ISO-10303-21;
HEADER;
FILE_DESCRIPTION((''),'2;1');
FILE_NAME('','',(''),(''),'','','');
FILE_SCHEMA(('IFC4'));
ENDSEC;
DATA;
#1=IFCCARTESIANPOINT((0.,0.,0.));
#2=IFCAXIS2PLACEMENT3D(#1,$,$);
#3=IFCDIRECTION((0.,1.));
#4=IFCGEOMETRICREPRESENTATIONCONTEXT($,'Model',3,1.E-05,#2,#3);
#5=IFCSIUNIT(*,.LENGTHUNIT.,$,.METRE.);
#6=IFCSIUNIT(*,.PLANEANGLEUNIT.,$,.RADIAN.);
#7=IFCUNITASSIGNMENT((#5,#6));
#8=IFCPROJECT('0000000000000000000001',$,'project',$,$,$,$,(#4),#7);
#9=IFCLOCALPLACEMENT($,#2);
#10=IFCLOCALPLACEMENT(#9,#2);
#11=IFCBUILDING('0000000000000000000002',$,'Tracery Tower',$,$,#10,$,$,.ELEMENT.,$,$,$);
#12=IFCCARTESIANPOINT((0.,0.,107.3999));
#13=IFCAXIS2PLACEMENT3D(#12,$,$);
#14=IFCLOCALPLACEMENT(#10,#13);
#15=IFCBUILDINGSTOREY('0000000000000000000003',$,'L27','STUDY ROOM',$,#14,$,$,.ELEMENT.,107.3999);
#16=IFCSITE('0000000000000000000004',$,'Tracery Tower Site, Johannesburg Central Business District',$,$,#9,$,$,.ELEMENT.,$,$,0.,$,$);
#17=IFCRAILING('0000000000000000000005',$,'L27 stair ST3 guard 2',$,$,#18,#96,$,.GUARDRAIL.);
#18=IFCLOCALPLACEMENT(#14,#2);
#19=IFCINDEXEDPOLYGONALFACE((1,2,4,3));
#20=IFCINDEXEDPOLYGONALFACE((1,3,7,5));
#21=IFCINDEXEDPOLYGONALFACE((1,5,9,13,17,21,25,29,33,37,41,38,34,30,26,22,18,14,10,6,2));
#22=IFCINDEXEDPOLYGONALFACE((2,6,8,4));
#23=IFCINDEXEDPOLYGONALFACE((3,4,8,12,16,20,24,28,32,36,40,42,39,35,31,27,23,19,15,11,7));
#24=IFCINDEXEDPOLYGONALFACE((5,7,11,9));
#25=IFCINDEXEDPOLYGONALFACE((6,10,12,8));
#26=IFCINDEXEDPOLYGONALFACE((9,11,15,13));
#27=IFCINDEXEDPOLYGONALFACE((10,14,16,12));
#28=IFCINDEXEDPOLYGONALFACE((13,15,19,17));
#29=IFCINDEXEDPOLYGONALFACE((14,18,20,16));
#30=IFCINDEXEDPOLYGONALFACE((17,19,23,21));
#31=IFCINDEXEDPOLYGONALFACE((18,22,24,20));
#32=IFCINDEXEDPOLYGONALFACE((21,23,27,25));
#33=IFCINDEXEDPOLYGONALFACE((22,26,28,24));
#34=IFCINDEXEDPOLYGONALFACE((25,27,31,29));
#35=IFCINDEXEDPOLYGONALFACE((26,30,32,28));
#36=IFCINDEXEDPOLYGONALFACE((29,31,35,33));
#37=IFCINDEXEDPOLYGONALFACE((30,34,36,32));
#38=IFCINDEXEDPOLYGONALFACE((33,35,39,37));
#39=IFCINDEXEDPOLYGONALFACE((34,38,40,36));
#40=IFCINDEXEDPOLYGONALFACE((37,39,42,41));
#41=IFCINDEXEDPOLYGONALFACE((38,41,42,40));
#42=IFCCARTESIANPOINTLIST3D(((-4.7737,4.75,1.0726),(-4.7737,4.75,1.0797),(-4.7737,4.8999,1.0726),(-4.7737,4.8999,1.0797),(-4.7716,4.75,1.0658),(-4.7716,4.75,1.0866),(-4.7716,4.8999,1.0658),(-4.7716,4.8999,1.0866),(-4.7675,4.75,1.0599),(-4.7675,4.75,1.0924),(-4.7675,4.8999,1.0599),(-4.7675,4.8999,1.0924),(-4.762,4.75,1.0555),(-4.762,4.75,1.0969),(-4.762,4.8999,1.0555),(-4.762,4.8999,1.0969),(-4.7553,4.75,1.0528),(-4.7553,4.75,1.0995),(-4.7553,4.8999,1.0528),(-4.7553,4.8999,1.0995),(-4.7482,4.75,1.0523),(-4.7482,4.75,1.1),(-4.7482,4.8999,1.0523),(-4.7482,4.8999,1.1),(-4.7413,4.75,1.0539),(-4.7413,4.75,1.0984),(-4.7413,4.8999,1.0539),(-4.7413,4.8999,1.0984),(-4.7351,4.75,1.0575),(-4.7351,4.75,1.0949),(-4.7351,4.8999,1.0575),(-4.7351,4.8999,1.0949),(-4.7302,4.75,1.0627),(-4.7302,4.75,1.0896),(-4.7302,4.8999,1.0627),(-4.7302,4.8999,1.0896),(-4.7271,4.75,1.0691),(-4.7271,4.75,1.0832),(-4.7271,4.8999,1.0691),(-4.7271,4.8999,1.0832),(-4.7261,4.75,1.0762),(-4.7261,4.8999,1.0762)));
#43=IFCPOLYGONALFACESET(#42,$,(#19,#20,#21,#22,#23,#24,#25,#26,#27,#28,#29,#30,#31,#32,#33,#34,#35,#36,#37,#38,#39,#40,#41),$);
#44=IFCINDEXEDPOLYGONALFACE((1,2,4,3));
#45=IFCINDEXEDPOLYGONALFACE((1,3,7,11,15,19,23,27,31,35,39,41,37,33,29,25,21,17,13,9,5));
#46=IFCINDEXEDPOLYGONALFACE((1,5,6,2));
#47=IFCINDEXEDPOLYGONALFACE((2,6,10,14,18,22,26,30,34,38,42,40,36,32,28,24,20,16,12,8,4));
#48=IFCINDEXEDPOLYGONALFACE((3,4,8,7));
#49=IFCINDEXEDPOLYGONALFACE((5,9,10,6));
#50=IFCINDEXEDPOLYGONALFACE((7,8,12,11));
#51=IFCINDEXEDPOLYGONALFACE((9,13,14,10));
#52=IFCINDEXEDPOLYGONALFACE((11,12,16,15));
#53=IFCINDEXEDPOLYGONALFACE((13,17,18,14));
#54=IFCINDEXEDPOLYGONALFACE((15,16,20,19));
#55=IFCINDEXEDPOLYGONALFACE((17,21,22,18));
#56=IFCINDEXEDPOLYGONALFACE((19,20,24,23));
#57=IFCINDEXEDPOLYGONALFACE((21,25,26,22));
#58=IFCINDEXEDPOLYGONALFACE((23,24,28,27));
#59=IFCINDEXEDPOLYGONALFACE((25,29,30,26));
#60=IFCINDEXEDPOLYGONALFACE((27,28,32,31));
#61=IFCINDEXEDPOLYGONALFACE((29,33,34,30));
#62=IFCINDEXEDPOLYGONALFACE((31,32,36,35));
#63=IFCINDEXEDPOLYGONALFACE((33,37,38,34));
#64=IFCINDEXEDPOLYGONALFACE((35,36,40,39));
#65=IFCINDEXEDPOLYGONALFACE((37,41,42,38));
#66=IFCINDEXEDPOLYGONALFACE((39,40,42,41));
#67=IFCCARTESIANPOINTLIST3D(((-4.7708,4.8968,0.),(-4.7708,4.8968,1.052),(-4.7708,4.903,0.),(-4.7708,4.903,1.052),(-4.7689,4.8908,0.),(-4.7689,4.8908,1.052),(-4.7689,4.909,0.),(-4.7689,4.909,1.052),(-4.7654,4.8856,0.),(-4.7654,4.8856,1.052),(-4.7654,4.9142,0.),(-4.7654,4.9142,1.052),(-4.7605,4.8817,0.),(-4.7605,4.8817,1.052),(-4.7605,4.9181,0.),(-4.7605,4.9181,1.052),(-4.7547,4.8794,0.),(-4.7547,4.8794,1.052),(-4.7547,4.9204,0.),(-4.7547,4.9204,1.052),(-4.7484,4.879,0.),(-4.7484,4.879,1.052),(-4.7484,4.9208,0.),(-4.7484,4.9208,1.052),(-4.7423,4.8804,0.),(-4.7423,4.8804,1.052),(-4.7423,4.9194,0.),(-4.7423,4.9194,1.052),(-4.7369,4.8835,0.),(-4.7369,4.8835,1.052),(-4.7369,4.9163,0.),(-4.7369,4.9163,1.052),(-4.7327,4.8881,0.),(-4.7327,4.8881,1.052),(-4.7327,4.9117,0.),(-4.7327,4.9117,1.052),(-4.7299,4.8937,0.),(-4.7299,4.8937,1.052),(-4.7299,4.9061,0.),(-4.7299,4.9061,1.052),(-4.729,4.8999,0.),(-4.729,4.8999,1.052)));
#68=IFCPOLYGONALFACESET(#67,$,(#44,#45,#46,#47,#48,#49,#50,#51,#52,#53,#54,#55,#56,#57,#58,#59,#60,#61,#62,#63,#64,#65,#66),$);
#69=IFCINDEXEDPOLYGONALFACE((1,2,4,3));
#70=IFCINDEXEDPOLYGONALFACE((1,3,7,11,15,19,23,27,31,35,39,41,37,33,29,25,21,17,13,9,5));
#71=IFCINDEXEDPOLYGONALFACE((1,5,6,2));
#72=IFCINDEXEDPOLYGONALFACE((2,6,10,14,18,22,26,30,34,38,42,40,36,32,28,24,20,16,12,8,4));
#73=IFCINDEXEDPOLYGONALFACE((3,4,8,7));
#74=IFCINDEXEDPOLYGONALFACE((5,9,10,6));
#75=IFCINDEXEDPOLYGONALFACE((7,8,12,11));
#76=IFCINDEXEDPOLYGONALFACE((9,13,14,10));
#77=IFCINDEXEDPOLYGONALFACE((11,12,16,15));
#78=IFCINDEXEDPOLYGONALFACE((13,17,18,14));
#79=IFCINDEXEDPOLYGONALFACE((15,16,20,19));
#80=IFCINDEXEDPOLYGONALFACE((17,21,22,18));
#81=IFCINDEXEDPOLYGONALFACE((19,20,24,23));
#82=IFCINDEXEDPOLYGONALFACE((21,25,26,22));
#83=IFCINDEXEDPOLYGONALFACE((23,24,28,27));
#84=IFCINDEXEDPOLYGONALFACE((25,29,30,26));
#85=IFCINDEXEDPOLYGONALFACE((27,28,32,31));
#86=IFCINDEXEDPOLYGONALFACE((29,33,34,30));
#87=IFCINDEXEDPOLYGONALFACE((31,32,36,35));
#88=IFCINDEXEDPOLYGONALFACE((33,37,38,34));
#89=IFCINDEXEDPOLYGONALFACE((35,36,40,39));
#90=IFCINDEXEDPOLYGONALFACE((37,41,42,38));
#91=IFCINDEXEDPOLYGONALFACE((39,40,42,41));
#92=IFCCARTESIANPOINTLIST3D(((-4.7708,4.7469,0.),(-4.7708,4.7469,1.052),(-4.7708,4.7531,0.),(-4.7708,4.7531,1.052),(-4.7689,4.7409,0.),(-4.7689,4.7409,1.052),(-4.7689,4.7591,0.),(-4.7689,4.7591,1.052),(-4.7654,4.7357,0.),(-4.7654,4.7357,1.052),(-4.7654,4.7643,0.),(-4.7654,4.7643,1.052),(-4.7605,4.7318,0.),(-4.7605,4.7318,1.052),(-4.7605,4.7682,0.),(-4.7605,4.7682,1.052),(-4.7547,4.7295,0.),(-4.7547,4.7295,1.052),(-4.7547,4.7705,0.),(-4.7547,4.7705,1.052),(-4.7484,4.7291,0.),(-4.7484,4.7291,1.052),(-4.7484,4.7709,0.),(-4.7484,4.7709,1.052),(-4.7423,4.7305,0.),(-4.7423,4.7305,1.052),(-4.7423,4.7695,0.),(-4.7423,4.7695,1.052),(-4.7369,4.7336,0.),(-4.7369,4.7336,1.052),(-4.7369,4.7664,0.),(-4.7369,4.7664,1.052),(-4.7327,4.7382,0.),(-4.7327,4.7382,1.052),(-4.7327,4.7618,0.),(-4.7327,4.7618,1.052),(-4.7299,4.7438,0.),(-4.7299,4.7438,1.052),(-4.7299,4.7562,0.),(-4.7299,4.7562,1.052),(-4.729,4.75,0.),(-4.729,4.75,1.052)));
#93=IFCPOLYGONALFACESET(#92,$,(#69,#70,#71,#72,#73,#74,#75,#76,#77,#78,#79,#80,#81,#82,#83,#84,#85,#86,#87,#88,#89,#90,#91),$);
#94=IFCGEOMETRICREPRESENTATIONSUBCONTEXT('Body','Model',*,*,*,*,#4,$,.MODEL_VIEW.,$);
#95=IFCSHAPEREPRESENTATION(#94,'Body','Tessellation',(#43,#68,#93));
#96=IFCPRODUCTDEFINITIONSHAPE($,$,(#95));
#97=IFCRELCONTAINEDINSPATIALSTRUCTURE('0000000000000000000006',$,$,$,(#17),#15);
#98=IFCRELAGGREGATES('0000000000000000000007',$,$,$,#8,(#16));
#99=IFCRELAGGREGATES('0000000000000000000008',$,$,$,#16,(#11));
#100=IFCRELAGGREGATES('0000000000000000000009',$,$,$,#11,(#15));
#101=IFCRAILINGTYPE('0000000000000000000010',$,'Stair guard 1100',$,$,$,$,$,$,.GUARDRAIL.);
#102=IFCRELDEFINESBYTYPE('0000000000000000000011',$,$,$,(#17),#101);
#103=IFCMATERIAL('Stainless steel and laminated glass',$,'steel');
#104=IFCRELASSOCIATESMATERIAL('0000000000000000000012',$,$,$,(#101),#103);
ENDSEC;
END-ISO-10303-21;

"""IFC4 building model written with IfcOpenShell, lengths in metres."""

from ifc_helpers import new_model, si_unit, direction, frame, origin, origin_2d, place, context, subcontext, project, spatial, circle, extrude, material, type_object, element, save


model = new_model("IFC4")

# Units and contexts
model_context = context("Model", 3, precision=1e-05, world=origin(), true_north=direction((0.0, 1.0)))
body_context = subcontext(model_context, "Body", "Model", "MODEL_VIEW")
ifc_project = project(units=[si_unit("LENGTHUNIT", "METRE"), si_unit("PLANEANGLEUNIT", "RADIAN")], contexts=[model_context])

# Site, building, storey
site_placement = place(None, origin())
site = spatial("IfcSite", under=ifc_project, at=site_placement, Name="Tracery Tower Site, Johannesburg Central Business District", CompositionType="ELEMENT", RefElevation=0.0)
building_placement = place(site_placement, origin())
building = spatial("IfcBuilding", under=site, at=building_placement, Name="Tracery Tower", CompositionType="ELEMENT")
storey_placement = place(building_placement, frame((0.0, 0.0, 107.3999)))
storey = spatial("IfcBuildingStorey", under=building, at=storey_placement, Name="L27", Description="STUDY ROOM", CompositionType="ELEMENT", Elevation=107.3999)

# Railing
ifc_material_1 = material(Name="Stainless steel and laminated glass", Category="steel")
railing_type_1 = type_object("IfcRailingType", Name="Stair guard 1100", PredefinedType="GUARDRAIL", material=ifc_material_1)
railing_1_placement = place(storey_placement, frame((-4.75, 4.8999, 0.0)))
element("IfcRailing", 1, at=railing_1_placement, inside=storey, type_object=railing_type_1, Name="L27 stair ST3 guard 2", PredefinedType="GUARDRAIL", context=body_context, shape_type="SweptSolid", body=[
    extrude(circle(Radius=0.0239, at=origin_2d()), frame((0.0, 0.0, 1.0762), z_axis=(0.0, -1.0, 0.0), x_axis=(1.0, 0.0, 0.0)), (0.0, 0.0, 1.0), 0.1499),
    extrude(circle(Radius=0.021, at=origin_2d()), origin(), (0.0, 0.0, 1.0), 1.052),
    extrude(circle(Radius=0.021, at=origin_2d()), frame((0.0, -0.1499, 0.0)), (0.0, 0.0, 1.0), 1.052),
])

save(model, "model.ifc")
